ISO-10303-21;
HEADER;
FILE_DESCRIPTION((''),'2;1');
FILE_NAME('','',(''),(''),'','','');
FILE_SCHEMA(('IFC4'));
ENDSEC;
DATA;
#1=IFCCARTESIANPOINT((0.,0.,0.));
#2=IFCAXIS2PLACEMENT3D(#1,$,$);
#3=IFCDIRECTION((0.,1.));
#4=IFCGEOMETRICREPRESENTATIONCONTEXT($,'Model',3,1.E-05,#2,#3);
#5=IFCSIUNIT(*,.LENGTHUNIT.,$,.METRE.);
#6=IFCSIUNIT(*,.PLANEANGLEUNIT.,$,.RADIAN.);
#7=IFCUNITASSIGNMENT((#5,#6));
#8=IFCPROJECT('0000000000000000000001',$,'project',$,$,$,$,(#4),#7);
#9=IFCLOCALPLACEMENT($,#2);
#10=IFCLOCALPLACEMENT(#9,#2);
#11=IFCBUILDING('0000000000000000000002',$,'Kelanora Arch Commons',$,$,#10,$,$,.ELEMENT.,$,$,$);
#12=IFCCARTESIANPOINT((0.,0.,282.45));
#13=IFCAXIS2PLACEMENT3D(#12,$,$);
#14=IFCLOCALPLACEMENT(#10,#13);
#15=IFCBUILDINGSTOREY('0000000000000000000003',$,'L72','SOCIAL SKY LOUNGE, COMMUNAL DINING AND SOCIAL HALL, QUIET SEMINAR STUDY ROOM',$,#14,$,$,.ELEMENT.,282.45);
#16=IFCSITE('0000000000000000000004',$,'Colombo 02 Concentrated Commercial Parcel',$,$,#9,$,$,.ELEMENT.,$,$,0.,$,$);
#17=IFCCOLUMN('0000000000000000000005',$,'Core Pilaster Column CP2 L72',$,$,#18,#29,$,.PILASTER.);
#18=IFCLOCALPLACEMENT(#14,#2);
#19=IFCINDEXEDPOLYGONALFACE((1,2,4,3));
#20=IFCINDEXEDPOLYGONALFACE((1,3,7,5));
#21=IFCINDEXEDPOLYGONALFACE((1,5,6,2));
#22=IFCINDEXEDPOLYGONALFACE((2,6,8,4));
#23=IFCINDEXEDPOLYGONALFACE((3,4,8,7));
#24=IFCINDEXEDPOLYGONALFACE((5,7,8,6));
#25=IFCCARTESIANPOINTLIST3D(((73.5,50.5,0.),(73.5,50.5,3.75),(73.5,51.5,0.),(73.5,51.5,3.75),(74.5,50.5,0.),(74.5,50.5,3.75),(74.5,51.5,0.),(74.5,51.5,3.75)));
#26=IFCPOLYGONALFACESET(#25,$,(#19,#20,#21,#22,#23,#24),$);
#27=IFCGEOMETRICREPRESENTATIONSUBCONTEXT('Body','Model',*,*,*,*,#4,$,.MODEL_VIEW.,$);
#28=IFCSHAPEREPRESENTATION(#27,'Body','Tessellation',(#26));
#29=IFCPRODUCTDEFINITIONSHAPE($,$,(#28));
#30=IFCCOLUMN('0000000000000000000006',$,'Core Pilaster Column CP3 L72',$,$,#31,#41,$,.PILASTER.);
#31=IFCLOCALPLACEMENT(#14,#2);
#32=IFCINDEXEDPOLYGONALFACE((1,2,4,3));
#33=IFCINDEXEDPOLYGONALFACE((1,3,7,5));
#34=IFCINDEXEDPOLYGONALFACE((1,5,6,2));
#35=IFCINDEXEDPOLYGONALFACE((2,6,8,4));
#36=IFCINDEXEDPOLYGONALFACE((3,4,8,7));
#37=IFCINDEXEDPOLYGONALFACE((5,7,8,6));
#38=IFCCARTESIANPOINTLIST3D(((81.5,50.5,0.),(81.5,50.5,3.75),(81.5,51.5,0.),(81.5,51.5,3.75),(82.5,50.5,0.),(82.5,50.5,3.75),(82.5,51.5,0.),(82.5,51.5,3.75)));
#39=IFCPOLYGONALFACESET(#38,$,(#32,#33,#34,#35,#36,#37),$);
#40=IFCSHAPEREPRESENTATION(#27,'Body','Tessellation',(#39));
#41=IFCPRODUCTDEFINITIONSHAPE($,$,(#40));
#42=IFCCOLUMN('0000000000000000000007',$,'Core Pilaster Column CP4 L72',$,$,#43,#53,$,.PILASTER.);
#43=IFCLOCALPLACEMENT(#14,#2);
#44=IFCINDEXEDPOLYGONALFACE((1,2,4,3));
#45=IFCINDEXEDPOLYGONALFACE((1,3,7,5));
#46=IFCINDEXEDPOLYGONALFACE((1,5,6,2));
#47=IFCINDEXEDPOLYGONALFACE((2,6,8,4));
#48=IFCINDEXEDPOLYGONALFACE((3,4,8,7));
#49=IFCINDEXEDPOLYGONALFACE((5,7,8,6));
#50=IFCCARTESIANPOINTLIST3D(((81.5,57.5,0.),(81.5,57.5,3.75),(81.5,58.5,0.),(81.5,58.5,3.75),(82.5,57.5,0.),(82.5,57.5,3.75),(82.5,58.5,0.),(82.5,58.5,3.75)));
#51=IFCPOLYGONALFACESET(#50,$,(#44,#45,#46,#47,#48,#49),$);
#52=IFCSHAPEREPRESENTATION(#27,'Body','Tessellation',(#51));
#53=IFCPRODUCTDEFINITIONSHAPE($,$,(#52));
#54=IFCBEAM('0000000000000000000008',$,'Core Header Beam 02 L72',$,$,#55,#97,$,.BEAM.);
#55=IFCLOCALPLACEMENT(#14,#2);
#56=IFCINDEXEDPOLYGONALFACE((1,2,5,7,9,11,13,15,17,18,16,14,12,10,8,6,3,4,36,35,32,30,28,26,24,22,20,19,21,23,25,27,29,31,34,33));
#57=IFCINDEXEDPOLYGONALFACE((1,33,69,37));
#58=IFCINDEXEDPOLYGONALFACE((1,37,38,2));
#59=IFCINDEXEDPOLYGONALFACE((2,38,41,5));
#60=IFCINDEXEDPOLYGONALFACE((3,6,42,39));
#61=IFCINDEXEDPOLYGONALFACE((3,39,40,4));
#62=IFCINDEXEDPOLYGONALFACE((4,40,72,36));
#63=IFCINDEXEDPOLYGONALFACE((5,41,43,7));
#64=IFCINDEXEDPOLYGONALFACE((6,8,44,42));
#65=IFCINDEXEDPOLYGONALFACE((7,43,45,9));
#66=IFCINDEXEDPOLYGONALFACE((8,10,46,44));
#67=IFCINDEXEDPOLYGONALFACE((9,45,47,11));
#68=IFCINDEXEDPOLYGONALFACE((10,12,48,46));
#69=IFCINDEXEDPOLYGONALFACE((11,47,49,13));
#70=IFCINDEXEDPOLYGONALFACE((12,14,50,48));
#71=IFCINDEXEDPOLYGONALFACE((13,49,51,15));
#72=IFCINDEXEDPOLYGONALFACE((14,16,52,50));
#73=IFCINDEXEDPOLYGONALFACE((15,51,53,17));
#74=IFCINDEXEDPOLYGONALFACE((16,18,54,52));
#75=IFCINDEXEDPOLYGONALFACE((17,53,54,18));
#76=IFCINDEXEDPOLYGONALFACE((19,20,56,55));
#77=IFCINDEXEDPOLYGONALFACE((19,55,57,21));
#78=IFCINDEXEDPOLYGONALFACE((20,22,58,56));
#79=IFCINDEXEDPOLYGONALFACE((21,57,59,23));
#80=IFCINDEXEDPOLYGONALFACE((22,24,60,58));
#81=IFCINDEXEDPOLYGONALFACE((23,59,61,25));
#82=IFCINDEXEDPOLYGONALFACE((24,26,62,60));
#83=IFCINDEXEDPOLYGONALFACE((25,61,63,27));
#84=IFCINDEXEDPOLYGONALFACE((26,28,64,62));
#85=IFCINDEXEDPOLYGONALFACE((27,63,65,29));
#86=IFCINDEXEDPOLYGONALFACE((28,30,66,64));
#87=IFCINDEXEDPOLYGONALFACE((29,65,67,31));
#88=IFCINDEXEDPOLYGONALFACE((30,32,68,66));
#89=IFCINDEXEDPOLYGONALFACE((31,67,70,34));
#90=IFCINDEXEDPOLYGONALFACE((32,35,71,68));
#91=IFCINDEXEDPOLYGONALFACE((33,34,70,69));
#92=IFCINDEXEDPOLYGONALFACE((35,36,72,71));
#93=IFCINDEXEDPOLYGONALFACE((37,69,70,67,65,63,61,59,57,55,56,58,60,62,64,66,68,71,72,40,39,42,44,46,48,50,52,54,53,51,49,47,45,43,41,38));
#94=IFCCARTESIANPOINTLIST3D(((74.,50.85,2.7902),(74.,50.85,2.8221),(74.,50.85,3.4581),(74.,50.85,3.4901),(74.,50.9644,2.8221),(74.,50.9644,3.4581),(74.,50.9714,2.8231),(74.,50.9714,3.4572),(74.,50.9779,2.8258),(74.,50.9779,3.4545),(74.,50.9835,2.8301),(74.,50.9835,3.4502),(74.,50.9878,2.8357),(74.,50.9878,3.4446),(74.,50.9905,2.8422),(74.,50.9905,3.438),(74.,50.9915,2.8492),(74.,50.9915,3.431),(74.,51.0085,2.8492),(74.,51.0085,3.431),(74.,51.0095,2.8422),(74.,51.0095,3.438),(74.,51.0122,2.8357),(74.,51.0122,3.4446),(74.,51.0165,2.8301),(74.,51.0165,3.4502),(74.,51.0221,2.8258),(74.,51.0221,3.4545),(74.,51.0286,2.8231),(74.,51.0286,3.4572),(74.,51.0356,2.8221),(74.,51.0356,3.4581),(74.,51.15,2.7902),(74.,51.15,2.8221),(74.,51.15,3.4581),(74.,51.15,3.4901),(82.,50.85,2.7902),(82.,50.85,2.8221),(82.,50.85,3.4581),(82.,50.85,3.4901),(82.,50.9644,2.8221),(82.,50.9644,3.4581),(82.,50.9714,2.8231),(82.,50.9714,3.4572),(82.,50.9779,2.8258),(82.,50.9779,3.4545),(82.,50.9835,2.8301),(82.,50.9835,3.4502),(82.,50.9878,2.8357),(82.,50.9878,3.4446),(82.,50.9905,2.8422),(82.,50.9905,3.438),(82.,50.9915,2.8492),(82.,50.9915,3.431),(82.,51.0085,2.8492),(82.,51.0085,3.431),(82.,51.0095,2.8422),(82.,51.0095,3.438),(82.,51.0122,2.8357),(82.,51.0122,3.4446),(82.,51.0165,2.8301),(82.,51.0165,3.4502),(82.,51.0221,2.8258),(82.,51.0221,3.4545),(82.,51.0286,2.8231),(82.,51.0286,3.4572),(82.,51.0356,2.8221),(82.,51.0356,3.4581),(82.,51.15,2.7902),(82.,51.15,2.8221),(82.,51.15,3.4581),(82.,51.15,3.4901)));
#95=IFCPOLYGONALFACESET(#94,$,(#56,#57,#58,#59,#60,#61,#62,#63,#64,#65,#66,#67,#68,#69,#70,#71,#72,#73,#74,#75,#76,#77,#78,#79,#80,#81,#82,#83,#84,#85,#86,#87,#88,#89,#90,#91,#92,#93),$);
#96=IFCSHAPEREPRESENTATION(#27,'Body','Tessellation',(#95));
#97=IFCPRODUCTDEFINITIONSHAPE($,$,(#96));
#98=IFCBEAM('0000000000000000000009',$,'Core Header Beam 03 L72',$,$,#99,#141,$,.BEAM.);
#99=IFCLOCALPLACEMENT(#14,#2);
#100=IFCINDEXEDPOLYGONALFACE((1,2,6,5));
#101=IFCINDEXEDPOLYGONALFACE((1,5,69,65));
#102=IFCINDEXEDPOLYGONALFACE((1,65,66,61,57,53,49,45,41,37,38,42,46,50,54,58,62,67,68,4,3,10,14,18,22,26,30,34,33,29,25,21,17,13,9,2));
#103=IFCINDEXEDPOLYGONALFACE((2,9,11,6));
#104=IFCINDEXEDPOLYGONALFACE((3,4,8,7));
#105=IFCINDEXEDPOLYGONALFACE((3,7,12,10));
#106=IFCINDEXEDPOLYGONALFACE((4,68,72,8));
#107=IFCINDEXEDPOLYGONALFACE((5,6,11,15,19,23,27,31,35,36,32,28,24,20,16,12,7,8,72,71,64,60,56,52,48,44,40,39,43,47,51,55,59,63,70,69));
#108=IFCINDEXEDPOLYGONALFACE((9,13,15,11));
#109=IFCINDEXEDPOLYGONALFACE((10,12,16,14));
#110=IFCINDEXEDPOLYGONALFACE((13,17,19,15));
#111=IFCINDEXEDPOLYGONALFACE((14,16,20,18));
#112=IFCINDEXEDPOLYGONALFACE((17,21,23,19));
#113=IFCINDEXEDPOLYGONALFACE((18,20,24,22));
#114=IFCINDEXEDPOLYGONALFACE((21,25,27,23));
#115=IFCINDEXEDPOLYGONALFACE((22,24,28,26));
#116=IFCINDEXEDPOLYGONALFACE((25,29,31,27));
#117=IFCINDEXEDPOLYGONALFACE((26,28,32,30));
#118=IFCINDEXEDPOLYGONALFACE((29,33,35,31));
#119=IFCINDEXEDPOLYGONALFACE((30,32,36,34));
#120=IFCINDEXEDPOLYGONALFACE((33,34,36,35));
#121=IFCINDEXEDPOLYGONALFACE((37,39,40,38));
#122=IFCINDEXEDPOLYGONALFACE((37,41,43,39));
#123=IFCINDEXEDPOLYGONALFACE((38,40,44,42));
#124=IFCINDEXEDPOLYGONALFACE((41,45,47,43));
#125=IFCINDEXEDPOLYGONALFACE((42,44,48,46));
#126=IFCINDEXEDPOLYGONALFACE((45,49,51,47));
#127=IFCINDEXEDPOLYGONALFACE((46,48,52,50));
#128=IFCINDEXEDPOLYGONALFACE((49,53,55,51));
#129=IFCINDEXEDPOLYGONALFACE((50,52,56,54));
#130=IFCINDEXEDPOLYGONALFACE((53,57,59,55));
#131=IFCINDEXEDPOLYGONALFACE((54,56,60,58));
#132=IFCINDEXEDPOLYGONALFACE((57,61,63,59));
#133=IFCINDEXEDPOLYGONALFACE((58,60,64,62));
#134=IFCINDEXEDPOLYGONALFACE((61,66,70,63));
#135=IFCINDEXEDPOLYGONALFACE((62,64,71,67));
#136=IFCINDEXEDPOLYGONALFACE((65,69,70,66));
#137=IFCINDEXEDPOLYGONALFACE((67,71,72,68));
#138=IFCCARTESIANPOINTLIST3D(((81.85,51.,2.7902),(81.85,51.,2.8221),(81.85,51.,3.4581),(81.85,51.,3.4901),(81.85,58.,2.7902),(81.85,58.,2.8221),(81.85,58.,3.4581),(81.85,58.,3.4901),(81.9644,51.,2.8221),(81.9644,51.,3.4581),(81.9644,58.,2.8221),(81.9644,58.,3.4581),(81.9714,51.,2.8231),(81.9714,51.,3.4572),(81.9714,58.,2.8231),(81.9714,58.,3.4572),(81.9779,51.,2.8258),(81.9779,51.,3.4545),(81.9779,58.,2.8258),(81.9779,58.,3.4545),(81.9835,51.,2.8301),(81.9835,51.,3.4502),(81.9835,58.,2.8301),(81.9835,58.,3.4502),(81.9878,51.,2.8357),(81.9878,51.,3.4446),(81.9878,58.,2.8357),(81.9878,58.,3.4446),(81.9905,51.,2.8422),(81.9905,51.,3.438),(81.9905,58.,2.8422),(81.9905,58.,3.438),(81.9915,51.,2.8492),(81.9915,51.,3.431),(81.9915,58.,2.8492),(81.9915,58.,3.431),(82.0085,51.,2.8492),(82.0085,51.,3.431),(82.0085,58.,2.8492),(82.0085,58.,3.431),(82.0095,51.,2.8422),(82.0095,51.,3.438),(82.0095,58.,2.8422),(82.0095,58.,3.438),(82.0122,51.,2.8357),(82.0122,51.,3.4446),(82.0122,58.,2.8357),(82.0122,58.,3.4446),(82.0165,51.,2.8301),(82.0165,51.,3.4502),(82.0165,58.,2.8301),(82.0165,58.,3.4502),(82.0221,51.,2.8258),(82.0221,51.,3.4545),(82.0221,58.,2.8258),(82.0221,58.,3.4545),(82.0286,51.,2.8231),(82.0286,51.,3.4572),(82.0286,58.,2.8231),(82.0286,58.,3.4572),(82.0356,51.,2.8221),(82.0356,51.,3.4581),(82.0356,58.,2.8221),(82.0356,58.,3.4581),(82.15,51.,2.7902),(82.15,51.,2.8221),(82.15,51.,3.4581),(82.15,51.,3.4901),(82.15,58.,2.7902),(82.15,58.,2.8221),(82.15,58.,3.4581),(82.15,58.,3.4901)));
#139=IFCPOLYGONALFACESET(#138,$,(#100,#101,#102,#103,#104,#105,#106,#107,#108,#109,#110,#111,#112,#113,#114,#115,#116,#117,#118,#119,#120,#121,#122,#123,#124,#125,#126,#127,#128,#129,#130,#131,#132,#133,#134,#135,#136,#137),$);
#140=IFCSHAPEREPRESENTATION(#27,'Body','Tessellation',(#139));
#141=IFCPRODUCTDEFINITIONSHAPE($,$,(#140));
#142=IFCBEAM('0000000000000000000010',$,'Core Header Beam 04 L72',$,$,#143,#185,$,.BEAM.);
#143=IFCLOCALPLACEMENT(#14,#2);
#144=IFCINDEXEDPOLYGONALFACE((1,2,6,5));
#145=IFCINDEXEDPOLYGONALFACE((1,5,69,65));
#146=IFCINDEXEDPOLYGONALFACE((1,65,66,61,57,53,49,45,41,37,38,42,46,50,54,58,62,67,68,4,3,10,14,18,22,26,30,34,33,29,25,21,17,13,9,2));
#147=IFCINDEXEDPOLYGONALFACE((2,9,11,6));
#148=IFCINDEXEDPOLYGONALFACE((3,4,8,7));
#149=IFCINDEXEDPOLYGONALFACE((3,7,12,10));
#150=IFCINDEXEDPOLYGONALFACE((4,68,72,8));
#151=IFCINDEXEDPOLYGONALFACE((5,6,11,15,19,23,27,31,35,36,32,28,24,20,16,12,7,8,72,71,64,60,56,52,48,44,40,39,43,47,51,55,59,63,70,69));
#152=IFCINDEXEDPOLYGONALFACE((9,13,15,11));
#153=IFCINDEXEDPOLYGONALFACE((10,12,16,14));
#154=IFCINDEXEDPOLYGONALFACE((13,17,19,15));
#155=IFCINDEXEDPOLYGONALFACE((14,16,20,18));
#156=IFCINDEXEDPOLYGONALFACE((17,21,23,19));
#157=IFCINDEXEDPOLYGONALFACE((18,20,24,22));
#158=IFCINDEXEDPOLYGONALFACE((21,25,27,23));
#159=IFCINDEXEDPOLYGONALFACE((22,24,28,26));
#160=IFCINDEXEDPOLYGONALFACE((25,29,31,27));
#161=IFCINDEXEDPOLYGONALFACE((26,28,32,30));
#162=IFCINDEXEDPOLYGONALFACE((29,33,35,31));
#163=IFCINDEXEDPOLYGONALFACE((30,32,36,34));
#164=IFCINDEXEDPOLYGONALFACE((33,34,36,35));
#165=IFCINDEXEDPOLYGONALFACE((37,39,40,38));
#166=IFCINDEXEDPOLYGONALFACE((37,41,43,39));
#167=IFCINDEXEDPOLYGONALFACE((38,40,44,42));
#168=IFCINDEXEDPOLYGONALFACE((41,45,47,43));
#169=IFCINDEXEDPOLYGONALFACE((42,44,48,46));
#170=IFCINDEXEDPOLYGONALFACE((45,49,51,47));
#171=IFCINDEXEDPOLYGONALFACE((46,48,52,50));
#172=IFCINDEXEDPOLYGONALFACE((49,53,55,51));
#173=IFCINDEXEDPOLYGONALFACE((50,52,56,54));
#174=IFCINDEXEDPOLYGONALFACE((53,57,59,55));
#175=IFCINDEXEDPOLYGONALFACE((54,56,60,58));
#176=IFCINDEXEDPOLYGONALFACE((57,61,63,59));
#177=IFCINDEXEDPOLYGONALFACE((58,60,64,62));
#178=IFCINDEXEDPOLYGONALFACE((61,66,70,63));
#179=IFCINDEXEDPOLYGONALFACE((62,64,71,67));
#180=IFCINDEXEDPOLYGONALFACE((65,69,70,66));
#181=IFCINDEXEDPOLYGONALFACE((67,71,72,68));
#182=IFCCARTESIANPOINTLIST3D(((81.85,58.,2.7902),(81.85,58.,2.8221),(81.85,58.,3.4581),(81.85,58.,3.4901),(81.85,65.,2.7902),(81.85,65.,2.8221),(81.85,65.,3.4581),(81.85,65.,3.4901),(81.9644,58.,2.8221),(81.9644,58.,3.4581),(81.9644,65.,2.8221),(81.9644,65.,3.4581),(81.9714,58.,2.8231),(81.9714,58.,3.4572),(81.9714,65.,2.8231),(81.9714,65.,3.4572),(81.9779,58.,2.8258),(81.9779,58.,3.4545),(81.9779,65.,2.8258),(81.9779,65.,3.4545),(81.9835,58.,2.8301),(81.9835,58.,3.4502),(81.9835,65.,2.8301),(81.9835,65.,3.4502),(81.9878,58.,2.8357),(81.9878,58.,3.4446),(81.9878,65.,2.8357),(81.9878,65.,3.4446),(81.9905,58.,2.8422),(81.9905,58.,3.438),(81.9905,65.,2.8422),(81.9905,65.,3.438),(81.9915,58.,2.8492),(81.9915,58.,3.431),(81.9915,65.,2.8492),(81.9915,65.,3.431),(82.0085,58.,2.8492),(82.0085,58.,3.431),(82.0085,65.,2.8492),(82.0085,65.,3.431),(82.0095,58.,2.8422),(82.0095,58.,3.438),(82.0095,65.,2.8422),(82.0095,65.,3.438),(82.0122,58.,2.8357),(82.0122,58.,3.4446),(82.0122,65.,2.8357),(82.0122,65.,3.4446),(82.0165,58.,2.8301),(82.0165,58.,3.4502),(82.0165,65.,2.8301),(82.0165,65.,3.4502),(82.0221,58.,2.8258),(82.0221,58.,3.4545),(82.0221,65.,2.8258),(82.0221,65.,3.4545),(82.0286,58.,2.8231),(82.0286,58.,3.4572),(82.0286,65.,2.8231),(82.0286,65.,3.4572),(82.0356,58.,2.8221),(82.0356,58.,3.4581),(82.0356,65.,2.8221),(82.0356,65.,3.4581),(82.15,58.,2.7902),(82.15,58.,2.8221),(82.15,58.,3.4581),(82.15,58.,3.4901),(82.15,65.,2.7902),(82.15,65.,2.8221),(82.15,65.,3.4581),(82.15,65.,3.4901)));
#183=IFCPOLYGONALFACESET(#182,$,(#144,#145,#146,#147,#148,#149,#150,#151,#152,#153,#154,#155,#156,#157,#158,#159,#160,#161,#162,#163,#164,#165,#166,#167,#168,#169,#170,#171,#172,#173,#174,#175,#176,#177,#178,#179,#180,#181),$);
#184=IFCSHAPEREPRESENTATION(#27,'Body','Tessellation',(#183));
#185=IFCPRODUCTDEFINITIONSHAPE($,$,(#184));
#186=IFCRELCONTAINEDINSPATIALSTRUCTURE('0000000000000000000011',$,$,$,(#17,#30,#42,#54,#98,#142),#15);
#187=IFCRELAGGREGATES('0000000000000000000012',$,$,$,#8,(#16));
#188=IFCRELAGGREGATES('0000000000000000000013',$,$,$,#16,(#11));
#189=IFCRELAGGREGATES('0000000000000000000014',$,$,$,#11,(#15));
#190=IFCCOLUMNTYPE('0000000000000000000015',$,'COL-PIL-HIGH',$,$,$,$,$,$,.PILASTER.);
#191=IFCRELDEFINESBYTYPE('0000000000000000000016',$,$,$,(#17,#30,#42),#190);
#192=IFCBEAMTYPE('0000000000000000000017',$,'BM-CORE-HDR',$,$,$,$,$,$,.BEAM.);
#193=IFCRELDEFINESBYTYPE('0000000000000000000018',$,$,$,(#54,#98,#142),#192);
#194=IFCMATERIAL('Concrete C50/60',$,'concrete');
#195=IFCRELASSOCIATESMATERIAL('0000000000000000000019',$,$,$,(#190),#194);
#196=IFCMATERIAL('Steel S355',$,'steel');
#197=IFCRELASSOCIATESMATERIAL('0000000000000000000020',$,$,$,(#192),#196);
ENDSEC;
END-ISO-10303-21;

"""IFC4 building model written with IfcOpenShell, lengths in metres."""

from ifc_helpers import new_model, si_unit, direction, frame, origin, origin_2d, place, context, subcontext, project, spatial, rectangle, i_section, extrude, material, material_profile, profile_set, type_object, element, save


model = new_model("IFC4")

# Units and contexts
model_context = context("Model", 3, precision=1e-05, world=origin(), true_north=direction((0.0, 1.0)))
body_context = subcontext(model_context, "Body", "Model", "MODEL_VIEW")
ifc_project = project(units=[si_unit("LENGTHUNIT", "METRE"), si_unit("PLANEANGLEUNIT", "RADIAN")], contexts=[model_context])

# Site, building, storey
site_placement = place(None, origin())
site = spatial("IfcSite", under=ifc_project, at=site_placement, Name="Colombo 02 Concentrated Commercial Parcel", CompositionType="ELEMENT", RefElevation=0.0)
building_placement = place(site_placement, origin())
building = spatial("IfcBuilding", under=site, at=building_placement, Name="Kelanora Arch Commons", CompositionType="ELEMENT")
storey_placement = place(building_placement, frame((0.0, 0.0, 282.45)))
storey = spatial("IfcBuildingStorey", under=building, at=storey_placement, Name="L72", Description="SOCIAL SKY LOUNGE, COMMUNAL DINING AND SOCIAL HALL, QUIET SEMINAR STUDY ROOM", CompositionType="ELEMENT", Elevation=282.45)

# Columns
ifc_material_1 = material(Name="Concrete C50/60", Category="concrete")
ifc_material_profile_1 = material_profile(ifc_material_1, rectangle(XDim=1.0, YDim=1.0, at=origin_2d()), Name="RC1000x1000")
ifc_profile_set_1 = profile_set([ifc_material_profile_1], Name="Concrete C50/60")
column_type = type_object("IfcColumnType", Name="COL-PIL-HIGH", PredefinedType="PILASTER", material=ifc_profile_set_1)
for number, where, z_axis, x_axis, name in (
    (1, (74.0, 51.0, 0.0), (0.0, 0.0, 1.0), (1.0, 0.0, 0.0), "Core Pilaster Column CP2 L72"),
    (2, (82.0, 51.0, 0.0), (0.0, 0.0, 1.0), (1.0, 0.0, 0.0), "Core Pilaster Column CP3 L72"),
    (3, (82.0, 58.0, 0.0), (0.0, 0.0, 1.0), (1.0, 0.0, 0.0), "Core Pilaster Column CP4 L72"),
):
    element("IfcColumn", number, at=place(storey_placement, frame(where, z_axis=z_axis, x_axis=x_axis)), inside=storey, type_object=column_type, Name=name, PredefinedType="PILASTER", context=body_context, shape_type="SweptSolid", body=[
        extrude(rectangle(XDim=1.0, YDim=1.0, at=origin_2d()), origin(), (0.0, 0.0, 1.0), 3.75),
    ])

# Beams
ifc_material_2 = material(Name="Steel S355", Category="steel")
ifc_material_profile_2 = material_profile(ifc_material_2, i_section(OverallWidth=0.3, OverallDepth=0.7, WebThickness=0.0171, FlangeThickness=0.032, FilletRadius=0.0271, at=origin_2d()), Name="HEB700")
ifc_profile_set_2 = profile_set([ifc_material_profile_2], Name="Steel S355")
beam_type_1 = type_object("IfcBeamType", Name="BM-CORE-HDR", PredefinedType="BEAM", material=ifc_profile_set_2)
beam_1_placement = place(storey_placement, frame((74.0, 51.0, 3.1401), z_axis=(1.0, 0.0, 0.0), x_axis=(0.0, 1.0, 0.0)))
element("IfcBeam", 4, at=beam_1_placement, inside=storey, type_object=beam_type_1, Name="Core Header Beam 02 L72", PredefinedType="BEAM", context=body_context, shape_type="SweptSolid", body=[
    extrude(i_section(OverallWidth=0.3, OverallDepth=0.7, WebThickness=0.0171, FlangeThickness=0.032, FilletRadius=0.0271, at=origin_2d()), origin(), (0.0, 0.0, 1.0), 8.0),
])
for number, where, z_axis, x_axis, name in (
    (5, (82.0, 51.0, 3.1401), (0.0, 1.0, 0.0), (-1.0, 0.0, 0.0), "Core Header Beam 03 L72"),
    (6, (82.0, 58.0, 3.1401), (0.0, 1.0, 0.0), (-1.0, 0.0, 0.0), "Core Header Beam 04 L72"),
):
    element("IfcBeam", number, at=place(storey_placement, frame(where, z_axis=z_axis, x_axis=x_axis)), inside=storey, type_object=beam_type_1, Name=name, PredefinedType="BEAM", context=body_context, shape_type="SweptSolid", body=[
        extrude(i_section(OverallWidth=0.3, OverallDepth=0.7, WebThickness=0.0171, FlangeThickness=0.032, FilletRadius=0.0271, at=origin_2d()), origin(), (0.0, 0.0, 1.0), 7.0),
    ])

save(model, "model.ifc")
